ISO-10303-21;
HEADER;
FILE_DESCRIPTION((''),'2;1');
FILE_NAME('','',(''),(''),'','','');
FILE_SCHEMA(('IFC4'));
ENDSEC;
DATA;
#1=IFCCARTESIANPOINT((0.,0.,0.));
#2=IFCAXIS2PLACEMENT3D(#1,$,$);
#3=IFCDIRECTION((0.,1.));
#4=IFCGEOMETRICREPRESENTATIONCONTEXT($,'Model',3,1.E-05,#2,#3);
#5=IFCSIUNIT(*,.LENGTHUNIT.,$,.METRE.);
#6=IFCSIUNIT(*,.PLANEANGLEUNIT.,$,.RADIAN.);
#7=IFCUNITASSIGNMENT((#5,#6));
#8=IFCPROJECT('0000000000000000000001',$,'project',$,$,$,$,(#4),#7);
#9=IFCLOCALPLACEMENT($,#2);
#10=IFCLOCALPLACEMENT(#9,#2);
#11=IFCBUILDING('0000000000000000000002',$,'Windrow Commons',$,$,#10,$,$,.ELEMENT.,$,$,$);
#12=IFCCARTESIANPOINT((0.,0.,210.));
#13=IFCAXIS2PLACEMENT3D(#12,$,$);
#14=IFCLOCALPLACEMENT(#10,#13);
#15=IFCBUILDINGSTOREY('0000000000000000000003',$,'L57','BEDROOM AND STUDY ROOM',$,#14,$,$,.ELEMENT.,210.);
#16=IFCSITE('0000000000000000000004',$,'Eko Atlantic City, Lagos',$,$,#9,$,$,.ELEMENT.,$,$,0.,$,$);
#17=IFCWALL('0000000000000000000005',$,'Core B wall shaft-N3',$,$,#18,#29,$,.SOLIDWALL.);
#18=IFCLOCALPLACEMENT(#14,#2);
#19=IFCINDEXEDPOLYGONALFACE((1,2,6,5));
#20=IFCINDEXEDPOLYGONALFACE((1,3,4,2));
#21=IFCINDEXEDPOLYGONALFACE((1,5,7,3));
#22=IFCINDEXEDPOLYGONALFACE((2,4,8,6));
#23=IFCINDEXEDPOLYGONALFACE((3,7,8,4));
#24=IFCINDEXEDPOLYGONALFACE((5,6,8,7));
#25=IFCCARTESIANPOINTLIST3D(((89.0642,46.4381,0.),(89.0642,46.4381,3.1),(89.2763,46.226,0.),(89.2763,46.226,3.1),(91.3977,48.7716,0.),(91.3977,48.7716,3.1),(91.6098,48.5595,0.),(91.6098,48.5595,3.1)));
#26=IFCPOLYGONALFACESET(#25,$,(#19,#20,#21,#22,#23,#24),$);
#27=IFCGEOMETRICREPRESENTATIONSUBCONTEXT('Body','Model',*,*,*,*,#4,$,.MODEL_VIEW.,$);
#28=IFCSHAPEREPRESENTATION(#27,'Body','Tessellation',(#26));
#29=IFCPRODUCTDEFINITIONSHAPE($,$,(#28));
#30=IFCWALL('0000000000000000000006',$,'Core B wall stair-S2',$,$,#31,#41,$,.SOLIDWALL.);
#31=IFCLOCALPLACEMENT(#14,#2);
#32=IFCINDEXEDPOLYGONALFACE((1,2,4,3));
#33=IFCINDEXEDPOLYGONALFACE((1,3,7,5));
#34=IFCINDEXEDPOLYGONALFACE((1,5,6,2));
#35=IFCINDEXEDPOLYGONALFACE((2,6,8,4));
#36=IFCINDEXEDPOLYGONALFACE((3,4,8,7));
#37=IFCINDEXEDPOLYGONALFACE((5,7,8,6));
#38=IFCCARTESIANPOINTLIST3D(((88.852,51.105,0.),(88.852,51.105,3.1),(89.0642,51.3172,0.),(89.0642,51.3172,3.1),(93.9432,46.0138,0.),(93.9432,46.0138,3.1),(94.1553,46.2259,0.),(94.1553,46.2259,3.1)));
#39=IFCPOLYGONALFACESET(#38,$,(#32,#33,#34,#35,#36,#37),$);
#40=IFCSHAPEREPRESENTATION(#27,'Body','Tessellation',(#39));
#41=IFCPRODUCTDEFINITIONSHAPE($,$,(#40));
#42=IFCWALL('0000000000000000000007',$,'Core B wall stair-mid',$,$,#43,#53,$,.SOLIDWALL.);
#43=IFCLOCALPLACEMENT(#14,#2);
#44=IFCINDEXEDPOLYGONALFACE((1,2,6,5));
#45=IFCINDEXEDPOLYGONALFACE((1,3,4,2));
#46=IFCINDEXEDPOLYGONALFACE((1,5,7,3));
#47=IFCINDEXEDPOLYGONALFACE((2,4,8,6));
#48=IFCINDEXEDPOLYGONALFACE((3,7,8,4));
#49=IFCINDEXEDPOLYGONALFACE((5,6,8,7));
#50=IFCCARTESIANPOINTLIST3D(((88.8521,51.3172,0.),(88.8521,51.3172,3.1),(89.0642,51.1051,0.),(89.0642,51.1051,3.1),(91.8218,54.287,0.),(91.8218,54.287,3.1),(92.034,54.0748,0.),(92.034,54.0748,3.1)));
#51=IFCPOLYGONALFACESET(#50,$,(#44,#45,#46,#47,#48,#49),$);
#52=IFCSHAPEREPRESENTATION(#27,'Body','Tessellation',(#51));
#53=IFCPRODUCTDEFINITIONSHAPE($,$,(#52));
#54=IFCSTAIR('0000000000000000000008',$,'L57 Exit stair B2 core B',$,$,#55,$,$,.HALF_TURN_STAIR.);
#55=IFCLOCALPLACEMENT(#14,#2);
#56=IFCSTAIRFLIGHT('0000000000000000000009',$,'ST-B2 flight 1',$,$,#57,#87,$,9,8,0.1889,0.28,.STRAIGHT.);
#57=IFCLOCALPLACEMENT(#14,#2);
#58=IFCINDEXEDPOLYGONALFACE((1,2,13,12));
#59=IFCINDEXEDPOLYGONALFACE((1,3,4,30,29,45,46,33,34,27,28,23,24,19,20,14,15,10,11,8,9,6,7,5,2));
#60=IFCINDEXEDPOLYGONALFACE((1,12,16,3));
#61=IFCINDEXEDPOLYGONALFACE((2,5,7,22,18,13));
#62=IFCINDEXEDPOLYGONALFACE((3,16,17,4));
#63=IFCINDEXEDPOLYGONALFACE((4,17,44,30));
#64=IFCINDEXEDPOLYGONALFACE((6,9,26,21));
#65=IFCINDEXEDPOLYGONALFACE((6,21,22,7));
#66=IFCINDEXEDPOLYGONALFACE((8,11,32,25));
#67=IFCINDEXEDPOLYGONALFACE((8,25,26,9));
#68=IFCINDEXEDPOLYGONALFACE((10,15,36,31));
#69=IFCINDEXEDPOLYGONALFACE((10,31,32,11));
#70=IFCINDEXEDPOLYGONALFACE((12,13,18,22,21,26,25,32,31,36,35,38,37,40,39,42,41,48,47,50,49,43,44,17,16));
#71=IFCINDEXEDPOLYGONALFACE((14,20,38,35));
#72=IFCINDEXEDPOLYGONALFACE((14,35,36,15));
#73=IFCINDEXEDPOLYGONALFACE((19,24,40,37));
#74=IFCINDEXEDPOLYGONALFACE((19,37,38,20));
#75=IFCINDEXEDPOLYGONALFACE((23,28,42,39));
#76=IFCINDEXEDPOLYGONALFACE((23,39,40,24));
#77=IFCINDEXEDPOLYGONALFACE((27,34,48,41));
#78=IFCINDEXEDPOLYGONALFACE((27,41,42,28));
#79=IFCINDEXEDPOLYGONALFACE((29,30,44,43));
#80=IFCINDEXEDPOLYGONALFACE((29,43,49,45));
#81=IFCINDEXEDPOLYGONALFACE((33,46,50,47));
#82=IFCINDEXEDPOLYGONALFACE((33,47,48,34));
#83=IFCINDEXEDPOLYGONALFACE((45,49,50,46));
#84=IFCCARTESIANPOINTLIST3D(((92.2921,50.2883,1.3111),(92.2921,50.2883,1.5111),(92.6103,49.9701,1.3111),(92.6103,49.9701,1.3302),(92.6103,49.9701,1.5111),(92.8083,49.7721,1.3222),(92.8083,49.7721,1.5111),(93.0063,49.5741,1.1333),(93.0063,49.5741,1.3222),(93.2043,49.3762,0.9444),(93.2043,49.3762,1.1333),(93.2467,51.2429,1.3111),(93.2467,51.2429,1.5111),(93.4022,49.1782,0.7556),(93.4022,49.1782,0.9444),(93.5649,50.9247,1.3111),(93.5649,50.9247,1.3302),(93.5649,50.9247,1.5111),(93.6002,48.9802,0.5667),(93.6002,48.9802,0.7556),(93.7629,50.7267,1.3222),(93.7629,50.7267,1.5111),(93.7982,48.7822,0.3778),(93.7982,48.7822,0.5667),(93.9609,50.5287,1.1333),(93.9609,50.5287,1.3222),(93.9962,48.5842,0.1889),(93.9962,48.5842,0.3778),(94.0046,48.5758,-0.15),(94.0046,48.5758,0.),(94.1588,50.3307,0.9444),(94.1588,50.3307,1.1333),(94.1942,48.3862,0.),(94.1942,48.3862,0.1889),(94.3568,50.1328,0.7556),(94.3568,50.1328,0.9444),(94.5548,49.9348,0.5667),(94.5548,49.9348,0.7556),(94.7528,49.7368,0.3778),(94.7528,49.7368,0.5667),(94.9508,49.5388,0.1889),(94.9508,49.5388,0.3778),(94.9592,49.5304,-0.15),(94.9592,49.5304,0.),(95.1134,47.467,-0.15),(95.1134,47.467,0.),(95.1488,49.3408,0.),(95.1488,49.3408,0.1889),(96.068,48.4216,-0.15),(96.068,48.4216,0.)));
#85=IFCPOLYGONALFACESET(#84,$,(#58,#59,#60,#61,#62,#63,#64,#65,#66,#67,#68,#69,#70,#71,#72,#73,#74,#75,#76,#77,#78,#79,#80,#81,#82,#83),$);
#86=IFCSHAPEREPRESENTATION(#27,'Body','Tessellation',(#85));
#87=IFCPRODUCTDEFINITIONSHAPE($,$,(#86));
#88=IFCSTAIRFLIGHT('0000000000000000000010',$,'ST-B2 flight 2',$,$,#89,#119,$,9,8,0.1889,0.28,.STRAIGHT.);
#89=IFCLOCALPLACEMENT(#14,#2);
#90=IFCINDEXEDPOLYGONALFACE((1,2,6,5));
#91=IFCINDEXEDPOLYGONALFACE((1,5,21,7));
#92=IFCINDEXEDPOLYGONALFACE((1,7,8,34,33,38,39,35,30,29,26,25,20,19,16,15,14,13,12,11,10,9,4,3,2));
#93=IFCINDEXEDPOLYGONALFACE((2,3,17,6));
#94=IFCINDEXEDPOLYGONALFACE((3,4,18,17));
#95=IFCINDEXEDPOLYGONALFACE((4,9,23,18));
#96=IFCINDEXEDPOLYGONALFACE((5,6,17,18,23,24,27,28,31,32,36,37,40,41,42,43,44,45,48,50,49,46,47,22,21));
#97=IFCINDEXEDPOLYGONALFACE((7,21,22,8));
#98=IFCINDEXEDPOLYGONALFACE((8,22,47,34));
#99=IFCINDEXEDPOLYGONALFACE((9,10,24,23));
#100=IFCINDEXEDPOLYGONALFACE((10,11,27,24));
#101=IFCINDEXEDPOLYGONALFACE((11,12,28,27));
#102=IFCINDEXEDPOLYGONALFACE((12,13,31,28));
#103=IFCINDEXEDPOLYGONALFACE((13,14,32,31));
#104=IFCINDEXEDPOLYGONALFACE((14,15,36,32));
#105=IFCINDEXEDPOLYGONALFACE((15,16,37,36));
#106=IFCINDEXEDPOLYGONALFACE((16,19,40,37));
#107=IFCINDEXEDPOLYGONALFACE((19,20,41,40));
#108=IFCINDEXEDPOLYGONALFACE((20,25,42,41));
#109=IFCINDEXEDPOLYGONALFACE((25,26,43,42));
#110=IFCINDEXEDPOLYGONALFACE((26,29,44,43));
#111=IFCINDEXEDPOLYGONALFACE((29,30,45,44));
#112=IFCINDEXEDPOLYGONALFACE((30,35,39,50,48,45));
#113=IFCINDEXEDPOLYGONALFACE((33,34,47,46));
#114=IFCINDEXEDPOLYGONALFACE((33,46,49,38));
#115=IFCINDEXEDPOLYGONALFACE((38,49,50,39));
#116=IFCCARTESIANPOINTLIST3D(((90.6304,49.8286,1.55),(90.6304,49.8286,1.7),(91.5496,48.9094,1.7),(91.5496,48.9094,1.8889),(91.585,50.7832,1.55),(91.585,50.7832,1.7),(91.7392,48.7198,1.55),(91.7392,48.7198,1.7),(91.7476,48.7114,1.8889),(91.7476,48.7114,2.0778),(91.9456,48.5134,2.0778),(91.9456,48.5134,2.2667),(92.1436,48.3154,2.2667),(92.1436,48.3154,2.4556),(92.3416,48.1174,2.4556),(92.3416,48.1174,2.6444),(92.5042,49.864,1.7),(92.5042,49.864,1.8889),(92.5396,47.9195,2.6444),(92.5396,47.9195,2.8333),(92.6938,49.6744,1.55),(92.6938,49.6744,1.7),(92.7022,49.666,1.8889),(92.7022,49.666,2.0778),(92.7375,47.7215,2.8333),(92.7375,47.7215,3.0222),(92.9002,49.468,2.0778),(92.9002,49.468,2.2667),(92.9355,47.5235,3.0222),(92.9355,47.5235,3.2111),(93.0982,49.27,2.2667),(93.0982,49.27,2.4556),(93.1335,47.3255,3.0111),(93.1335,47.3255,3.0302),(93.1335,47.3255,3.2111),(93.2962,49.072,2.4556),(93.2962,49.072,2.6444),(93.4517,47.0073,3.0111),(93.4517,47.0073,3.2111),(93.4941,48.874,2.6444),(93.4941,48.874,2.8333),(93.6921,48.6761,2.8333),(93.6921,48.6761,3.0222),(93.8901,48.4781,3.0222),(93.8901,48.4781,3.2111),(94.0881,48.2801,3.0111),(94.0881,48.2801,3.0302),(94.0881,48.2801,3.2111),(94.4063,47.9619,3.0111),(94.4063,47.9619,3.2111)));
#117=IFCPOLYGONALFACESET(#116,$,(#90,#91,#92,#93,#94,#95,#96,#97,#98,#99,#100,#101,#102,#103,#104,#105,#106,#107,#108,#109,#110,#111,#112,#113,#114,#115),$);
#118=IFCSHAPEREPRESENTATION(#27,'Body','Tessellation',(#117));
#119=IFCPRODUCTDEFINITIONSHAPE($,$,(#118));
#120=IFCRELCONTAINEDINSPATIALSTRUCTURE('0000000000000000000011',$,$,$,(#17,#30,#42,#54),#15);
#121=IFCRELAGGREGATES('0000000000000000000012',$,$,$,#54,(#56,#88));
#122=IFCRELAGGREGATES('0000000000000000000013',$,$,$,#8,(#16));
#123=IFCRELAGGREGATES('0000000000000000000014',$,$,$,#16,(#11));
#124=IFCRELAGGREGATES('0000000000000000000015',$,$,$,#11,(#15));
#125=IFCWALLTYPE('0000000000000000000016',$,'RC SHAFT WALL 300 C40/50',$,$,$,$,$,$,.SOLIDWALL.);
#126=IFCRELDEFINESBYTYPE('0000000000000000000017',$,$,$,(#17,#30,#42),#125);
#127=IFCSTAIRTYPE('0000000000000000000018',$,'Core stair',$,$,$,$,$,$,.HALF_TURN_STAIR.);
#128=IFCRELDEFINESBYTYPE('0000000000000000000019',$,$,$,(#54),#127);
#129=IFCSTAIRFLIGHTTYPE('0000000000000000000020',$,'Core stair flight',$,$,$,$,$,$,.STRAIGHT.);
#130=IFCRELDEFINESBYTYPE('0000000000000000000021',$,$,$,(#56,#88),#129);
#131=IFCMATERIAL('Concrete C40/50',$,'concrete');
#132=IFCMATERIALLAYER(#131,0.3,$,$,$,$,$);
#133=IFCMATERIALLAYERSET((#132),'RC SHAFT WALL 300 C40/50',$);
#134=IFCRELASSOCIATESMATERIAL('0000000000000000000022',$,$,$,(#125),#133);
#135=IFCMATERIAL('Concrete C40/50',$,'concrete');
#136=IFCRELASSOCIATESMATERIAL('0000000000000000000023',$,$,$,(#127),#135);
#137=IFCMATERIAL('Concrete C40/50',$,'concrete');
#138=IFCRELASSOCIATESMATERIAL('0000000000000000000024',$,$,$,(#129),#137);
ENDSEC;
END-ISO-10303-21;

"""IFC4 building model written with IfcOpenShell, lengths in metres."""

from ifc_helpers import new_model, si_unit, direction, frame, frame_2d, origin, place, context, subcontext, project, spatial, polyline, rectangle, outline, extrude, material, layer, layer_set, type_object, element, aggregate, save


model = new_model("IFC4")

# Units and contexts
model_context = context("Model", 3, precision=1e-05, world=origin(), true_north=direction((0.0, 1.0)))
body_context = subcontext(model_context, "Body", "Model", "MODEL_VIEW")
ifc_project = project(units=[si_unit("LENGTHUNIT", "METRE"), si_unit("PLANEANGLEUNIT", "RADIAN")], contexts=[model_context])

# Site, building, storey
site_placement = place(None, origin())
site = spatial("IfcSite", under=ifc_project, at=site_placement, Name="Eko Atlantic City, Lagos", CompositionType="ELEMENT", RefElevation=0.0)
building_placement = place(site_placement, origin())
building = spatial("IfcBuilding", under=site, at=building_placement, Name="Windrow Commons", CompositionType="ELEMENT")
storey_placement = place(building_placement, frame((0.0, 0.0, 210.0)))
storey = spatial("IfcBuildingStorey", under=building, at=storey_placement, Name="L57", Description="BEDROOM AND STUDY ROOM", CompositionType="ELEMENT", Elevation=210.0)

# Walls
ifc_material_1 = material(Name="Concrete C40/50", Category="concrete")
ifc_layer_1 = layer(ifc_material_1, 0.3)
ifc_layer_set_1 = layer_set([ifc_layer_1], Name="RC SHAFT WALL 300 C40/50")
wall_type_1 = type_object("IfcWallType", Name="RC SHAFT WALL 300 C40/50", PredefinedType="SOLIDWALL", material=ifc_layer_set_1)
for number, where, z_axis, x_axis, name in (
    (1, (89.1702, 46.332, 0.0), (0.0, 0.0, 1.0), (0.707107, 0.707107, 0.0), "Core B wall shaft-N3"),
):
    element("IfcWall", number, at=place(storey_placement, frame(where, z_axis=z_axis, x_axis=x_axis)), inside=storey, type_object=wall_type_1, Name=name, PredefinedType="SOLIDWALL", context=body_context, shape_type="SweptSolid", body=[
        extrude(rectangle(XDim=3.3001, YDim=0.3, at=frame_2d((1.6501, 0.0))), origin(), (0.0, 0.0, 1.0), 3.1),
    ])
wall_1_placement = place(storey_placement, frame((88.9581, 51.2111, 0.0), z_axis=(0.0, 0.0, 1.0), x_axis=(0.7071, -0.707114, 0.0)))
element("IfcWall", 2, at=wall_1_placement, inside=storey, type_object=wall_type_1, Name="Core B wall stair-S2", PredefinedType="SOLIDWALL", context=body_context, shape_type="SweptSolid", body=[
    extrude(rectangle(XDim=7.2, YDim=0.3, at=frame_2d((3.6, 0.0))), origin(), (0.0, 0.0, 1.0), 3.1),
])
wall_2_placement = place(storey_placement, frame((88.9581, 51.2111, 0.0), z_axis=(0.0, 0.0, 1.0), x_axis=(0.707107, 0.707107, 0.0)))
element("IfcWall", 3, at=wall_2_placement, inside=storey, type_object=wall_type_1, Name="Core B wall stair-mid", PredefinedType="SOLIDWALL", context=body_context, shape_type="SweptSolid", body=[
    extrude(rectangle(XDim=4.1999, YDim=0.3, at=frame_2d((2.1, 0.0))), origin(), (0.0, 0.0, 1.0), 3.1),
])

# Stair, stair flights
ifc_material_2 = material(Name="Concrete C40/50", Category="concrete")
stair_type = type_object("IfcStairType", Name="Core stair", PredefinedType="HALF_TURN_STAIR", material=ifc_material_2)
stair_placement = place(storey_placement, origin())
stair = element("IfcStair", 4, at=stair_placement, inside=storey, type_object=stair_type, Name="L57 Exit stair B2 core B", PredefinedType="HALF_TURN_STAIR")
ifc_material_3 = material(Name="Concrete C40/50", Category="concrete")
stair_flight_type = type_object("IfcStairFlightType", Name="Core stair flight", PredefinedType="STRAIGHT", material=ifc_material_3)
stair_flight_1_placement = place(storey_placement, frame((94.6715, 48.8635, 0.0), z_axis=(0.0, 0.0, 1.0), x_axis=(-0.707107, 0.707107, 0.0)))
stair_flight_1 = element("IfcStairFlight", 5, at=stair_flight_1_placement, type_object=stair_flight_type, Name="ST-B2 flight 1", NumberOfRisers=9, NumberOfTreads=8, PredefinedType="STRAIGHT", RiserHeight=0.1889, TreadLength=0.28, context=body_context, shape_type="SweptSolid", body=[
    extrude(outline(polyline([(-1.3, -0.15), (-1.3, 0.0), (0.0, 0.0), (0.0, 0.1889), (0.28, 0.1889), (0.28, 0.3778), (0.56, 0.3778), (0.56, 0.5667), (0.84, 0.5667), (0.84, 0.7556), (1.12, 0.7556), (1.12, 0.9444), (1.4, 0.9444), (1.4, 1.1333), (1.68, 1.1333), (1.68, 1.3222), (1.96, 1.3222), (1.96, 1.5111), (2.24, 1.5111), (2.69, 1.5111), (2.69, 1.3111), (2.24, 1.3111), (2.24, 1.3302), (0.2682, 0.0), (0.2682, -0.15), (-1.3, -0.15)])), frame((0.0, 0.675, 0.0), z_axis=(0.0, -1.0, 0.0), x_axis=(1.0, 0.0, 0.0)), (0.0, 0.0, 1.0), 1.35),
])
stair_flight_2_placement = place(storey_placement, frame((92.0269, 49.3867, 1.7), z_axis=(0.0, 0.0, 1.0), x_axis=(0.707107, -0.707107, 0.0)))
stair_flight_2 = element("IfcStairFlight", 6, at=stair_flight_2_placement, type_object=stair_flight_type, Name="ST-B2 flight 2", NumberOfRisers=9, NumberOfTreads=8, PredefinedType="STRAIGHT", RiserHeight=0.1889, TreadLength=0.28, context=body_context, shape_type="SweptSolid", body=[
    extrude(outline(polyline([(-1.3, -0.15), (-1.3, 0.0), (0.0, 0.0), (0.0, 0.1889), (0.28, 0.1889), (0.28, 0.3778), (0.56, 0.3778), (0.56, 0.5667), (0.84, 0.5667), (0.84, 0.7556), (1.12, 0.7556), (1.12, 0.9444), (1.4, 0.9444), (1.4, 1.1333), (1.68, 1.1333), (1.68, 1.3222), (1.96, 1.3222), (1.96, 1.5111), (2.24, 1.5111), (2.69, 1.5111), (2.69, 1.3111), (2.24, 1.3111), (2.24, 1.3302), (0.2682, 0.0), (0.2682, -0.15), (-1.3, -0.15)])), frame((0.0, 0.675, 0.0), z_axis=(0.0, -1.0, 0.0), x_axis=(1.0, 0.0, 0.0)), (0.0, 0.0, 1.0), 1.35),
])
aggregate(stair, [stair_flight_1, stair_flight_2])

save(model, "model.ifc")
